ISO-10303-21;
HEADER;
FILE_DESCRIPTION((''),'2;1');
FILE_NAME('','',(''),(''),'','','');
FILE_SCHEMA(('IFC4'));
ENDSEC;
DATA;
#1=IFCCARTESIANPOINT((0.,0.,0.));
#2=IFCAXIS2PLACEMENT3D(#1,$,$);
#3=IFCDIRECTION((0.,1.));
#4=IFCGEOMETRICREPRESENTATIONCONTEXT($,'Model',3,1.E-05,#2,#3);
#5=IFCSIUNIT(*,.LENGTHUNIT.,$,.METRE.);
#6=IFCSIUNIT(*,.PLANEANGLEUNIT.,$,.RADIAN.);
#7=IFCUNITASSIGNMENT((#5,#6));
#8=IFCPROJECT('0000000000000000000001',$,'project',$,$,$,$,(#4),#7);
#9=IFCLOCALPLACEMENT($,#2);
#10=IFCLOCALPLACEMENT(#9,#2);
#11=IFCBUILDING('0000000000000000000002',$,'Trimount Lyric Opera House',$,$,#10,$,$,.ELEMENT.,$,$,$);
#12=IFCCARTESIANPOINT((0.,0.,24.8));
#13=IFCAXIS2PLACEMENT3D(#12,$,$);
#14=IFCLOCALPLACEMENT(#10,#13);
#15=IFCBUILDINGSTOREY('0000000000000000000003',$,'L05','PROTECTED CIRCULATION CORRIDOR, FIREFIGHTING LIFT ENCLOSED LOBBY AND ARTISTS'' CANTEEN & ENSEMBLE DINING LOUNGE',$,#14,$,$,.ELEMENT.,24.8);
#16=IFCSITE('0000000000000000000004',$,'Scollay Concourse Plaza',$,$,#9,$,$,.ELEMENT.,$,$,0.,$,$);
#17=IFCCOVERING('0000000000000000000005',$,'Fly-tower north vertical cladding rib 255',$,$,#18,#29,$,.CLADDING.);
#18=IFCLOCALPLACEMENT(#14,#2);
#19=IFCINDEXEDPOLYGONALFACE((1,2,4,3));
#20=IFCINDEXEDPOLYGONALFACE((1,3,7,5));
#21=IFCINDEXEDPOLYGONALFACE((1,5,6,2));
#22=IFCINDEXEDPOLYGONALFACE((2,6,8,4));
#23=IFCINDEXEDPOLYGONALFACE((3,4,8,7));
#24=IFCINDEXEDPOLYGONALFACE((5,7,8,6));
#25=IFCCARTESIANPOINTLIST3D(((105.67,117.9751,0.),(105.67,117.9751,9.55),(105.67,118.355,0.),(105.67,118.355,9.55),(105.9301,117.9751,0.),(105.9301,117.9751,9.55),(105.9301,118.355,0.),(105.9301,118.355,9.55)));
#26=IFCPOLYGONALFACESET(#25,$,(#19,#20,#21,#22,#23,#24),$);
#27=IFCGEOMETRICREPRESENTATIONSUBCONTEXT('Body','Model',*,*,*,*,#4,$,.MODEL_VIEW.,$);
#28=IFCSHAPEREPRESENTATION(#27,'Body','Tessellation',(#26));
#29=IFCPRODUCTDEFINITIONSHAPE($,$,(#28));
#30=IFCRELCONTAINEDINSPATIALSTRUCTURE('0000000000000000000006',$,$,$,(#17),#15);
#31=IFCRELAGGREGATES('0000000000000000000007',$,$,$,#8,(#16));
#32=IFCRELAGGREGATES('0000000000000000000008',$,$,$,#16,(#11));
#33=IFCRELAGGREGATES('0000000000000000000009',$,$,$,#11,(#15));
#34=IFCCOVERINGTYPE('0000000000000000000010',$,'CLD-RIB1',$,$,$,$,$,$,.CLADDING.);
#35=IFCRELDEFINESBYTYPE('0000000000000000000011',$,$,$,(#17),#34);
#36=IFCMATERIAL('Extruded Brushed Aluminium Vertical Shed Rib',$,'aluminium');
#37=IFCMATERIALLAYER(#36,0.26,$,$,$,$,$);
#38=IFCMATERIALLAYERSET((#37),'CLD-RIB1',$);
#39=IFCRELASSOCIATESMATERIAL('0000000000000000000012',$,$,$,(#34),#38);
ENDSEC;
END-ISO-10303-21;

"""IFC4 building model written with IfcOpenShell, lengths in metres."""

from ifc_helpers import new_model, si_unit, direction, frame, origin, origin_2d, place, context, subcontext, project, spatial, rectangle, extrude, material, layer, layer_set, type_object, element, save


model = new_model("IFC4")

# Units and contexts
model_context = context("Model", 3, precision=1e-05, world=origin(), true_north=direction((0.0, 1.0)))
body_context = subcontext(model_context, "Body", "Model", "MODEL_VIEW")
ifc_project = project(units=[si_unit("LENGTHUNIT", "METRE"), si_unit("PLANEANGLEUNIT", "RADIAN")], contexts=[model_context])

# Site, building, storey
site_placement = place(None, origin())
site = spatial("IfcSite", under=ifc_project, at=site_placement, Name="Scollay Concourse Plaza", CompositionType="ELEMENT", RefElevation=0.0)
building_placement = place(site_placement, origin())
building = spatial("IfcBuilding", under=site, at=building_placement, Name="Trimount Lyric Opera House", CompositionType="ELEMENT")
storey_placement = place(building_placement, frame((0.0, 0.0, 24.8)))
storey = spatial("IfcBuildingStorey", under=building, at=storey_placement, Name="L05", Description="PROTECTED CIRCULATION CORRIDOR, FIREFIGHTING LIFT ENCLOSED LOBBY AND ARTISTS' CANTEEN & ENSEMBLE DINING LOUNGE", CompositionType="ELEMENT", Elevation=24.8)

# Covering
ifc_material_1 = material(Name="Extruded Brushed Aluminium Vertical Shed Rib", Category="aluminium")
ifc_layer_1 = layer(ifc_material_1, 0.26)
ifc_layer_set_1 = layer_set([ifc_layer_1], Name="CLD-RIB1")
covering_type = type_object("IfcCoveringType", Name="CLD-RIB1", PredefinedType="CLADDING", material=ifc_layer_set_1)
for number, where, z_axis, x_axis, name in (
    (1, (105.8, 118.165, 0.0), (0.0, 0.0, 1.0), (1.0, 0.0, 0.0), "Fly-tower north vertical cladding rib 255"),
):
    element("IfcCovering", number, at=place(storey_placement, frame(where, z_axis=z_axis, x_axis=x_axis)), inside=storey, type_object=covering_type, Name=name, PredefinedType="CLADDING", context=body_context, shape_type="SweptSolid", body=[
        extrude(rectangle(XDim=0.26, YDim=0.3799, at=origin_2d()), origin(), (0.0, 0.0, 1.0), 9.55),
    ])

save(model, "model.ifc")
